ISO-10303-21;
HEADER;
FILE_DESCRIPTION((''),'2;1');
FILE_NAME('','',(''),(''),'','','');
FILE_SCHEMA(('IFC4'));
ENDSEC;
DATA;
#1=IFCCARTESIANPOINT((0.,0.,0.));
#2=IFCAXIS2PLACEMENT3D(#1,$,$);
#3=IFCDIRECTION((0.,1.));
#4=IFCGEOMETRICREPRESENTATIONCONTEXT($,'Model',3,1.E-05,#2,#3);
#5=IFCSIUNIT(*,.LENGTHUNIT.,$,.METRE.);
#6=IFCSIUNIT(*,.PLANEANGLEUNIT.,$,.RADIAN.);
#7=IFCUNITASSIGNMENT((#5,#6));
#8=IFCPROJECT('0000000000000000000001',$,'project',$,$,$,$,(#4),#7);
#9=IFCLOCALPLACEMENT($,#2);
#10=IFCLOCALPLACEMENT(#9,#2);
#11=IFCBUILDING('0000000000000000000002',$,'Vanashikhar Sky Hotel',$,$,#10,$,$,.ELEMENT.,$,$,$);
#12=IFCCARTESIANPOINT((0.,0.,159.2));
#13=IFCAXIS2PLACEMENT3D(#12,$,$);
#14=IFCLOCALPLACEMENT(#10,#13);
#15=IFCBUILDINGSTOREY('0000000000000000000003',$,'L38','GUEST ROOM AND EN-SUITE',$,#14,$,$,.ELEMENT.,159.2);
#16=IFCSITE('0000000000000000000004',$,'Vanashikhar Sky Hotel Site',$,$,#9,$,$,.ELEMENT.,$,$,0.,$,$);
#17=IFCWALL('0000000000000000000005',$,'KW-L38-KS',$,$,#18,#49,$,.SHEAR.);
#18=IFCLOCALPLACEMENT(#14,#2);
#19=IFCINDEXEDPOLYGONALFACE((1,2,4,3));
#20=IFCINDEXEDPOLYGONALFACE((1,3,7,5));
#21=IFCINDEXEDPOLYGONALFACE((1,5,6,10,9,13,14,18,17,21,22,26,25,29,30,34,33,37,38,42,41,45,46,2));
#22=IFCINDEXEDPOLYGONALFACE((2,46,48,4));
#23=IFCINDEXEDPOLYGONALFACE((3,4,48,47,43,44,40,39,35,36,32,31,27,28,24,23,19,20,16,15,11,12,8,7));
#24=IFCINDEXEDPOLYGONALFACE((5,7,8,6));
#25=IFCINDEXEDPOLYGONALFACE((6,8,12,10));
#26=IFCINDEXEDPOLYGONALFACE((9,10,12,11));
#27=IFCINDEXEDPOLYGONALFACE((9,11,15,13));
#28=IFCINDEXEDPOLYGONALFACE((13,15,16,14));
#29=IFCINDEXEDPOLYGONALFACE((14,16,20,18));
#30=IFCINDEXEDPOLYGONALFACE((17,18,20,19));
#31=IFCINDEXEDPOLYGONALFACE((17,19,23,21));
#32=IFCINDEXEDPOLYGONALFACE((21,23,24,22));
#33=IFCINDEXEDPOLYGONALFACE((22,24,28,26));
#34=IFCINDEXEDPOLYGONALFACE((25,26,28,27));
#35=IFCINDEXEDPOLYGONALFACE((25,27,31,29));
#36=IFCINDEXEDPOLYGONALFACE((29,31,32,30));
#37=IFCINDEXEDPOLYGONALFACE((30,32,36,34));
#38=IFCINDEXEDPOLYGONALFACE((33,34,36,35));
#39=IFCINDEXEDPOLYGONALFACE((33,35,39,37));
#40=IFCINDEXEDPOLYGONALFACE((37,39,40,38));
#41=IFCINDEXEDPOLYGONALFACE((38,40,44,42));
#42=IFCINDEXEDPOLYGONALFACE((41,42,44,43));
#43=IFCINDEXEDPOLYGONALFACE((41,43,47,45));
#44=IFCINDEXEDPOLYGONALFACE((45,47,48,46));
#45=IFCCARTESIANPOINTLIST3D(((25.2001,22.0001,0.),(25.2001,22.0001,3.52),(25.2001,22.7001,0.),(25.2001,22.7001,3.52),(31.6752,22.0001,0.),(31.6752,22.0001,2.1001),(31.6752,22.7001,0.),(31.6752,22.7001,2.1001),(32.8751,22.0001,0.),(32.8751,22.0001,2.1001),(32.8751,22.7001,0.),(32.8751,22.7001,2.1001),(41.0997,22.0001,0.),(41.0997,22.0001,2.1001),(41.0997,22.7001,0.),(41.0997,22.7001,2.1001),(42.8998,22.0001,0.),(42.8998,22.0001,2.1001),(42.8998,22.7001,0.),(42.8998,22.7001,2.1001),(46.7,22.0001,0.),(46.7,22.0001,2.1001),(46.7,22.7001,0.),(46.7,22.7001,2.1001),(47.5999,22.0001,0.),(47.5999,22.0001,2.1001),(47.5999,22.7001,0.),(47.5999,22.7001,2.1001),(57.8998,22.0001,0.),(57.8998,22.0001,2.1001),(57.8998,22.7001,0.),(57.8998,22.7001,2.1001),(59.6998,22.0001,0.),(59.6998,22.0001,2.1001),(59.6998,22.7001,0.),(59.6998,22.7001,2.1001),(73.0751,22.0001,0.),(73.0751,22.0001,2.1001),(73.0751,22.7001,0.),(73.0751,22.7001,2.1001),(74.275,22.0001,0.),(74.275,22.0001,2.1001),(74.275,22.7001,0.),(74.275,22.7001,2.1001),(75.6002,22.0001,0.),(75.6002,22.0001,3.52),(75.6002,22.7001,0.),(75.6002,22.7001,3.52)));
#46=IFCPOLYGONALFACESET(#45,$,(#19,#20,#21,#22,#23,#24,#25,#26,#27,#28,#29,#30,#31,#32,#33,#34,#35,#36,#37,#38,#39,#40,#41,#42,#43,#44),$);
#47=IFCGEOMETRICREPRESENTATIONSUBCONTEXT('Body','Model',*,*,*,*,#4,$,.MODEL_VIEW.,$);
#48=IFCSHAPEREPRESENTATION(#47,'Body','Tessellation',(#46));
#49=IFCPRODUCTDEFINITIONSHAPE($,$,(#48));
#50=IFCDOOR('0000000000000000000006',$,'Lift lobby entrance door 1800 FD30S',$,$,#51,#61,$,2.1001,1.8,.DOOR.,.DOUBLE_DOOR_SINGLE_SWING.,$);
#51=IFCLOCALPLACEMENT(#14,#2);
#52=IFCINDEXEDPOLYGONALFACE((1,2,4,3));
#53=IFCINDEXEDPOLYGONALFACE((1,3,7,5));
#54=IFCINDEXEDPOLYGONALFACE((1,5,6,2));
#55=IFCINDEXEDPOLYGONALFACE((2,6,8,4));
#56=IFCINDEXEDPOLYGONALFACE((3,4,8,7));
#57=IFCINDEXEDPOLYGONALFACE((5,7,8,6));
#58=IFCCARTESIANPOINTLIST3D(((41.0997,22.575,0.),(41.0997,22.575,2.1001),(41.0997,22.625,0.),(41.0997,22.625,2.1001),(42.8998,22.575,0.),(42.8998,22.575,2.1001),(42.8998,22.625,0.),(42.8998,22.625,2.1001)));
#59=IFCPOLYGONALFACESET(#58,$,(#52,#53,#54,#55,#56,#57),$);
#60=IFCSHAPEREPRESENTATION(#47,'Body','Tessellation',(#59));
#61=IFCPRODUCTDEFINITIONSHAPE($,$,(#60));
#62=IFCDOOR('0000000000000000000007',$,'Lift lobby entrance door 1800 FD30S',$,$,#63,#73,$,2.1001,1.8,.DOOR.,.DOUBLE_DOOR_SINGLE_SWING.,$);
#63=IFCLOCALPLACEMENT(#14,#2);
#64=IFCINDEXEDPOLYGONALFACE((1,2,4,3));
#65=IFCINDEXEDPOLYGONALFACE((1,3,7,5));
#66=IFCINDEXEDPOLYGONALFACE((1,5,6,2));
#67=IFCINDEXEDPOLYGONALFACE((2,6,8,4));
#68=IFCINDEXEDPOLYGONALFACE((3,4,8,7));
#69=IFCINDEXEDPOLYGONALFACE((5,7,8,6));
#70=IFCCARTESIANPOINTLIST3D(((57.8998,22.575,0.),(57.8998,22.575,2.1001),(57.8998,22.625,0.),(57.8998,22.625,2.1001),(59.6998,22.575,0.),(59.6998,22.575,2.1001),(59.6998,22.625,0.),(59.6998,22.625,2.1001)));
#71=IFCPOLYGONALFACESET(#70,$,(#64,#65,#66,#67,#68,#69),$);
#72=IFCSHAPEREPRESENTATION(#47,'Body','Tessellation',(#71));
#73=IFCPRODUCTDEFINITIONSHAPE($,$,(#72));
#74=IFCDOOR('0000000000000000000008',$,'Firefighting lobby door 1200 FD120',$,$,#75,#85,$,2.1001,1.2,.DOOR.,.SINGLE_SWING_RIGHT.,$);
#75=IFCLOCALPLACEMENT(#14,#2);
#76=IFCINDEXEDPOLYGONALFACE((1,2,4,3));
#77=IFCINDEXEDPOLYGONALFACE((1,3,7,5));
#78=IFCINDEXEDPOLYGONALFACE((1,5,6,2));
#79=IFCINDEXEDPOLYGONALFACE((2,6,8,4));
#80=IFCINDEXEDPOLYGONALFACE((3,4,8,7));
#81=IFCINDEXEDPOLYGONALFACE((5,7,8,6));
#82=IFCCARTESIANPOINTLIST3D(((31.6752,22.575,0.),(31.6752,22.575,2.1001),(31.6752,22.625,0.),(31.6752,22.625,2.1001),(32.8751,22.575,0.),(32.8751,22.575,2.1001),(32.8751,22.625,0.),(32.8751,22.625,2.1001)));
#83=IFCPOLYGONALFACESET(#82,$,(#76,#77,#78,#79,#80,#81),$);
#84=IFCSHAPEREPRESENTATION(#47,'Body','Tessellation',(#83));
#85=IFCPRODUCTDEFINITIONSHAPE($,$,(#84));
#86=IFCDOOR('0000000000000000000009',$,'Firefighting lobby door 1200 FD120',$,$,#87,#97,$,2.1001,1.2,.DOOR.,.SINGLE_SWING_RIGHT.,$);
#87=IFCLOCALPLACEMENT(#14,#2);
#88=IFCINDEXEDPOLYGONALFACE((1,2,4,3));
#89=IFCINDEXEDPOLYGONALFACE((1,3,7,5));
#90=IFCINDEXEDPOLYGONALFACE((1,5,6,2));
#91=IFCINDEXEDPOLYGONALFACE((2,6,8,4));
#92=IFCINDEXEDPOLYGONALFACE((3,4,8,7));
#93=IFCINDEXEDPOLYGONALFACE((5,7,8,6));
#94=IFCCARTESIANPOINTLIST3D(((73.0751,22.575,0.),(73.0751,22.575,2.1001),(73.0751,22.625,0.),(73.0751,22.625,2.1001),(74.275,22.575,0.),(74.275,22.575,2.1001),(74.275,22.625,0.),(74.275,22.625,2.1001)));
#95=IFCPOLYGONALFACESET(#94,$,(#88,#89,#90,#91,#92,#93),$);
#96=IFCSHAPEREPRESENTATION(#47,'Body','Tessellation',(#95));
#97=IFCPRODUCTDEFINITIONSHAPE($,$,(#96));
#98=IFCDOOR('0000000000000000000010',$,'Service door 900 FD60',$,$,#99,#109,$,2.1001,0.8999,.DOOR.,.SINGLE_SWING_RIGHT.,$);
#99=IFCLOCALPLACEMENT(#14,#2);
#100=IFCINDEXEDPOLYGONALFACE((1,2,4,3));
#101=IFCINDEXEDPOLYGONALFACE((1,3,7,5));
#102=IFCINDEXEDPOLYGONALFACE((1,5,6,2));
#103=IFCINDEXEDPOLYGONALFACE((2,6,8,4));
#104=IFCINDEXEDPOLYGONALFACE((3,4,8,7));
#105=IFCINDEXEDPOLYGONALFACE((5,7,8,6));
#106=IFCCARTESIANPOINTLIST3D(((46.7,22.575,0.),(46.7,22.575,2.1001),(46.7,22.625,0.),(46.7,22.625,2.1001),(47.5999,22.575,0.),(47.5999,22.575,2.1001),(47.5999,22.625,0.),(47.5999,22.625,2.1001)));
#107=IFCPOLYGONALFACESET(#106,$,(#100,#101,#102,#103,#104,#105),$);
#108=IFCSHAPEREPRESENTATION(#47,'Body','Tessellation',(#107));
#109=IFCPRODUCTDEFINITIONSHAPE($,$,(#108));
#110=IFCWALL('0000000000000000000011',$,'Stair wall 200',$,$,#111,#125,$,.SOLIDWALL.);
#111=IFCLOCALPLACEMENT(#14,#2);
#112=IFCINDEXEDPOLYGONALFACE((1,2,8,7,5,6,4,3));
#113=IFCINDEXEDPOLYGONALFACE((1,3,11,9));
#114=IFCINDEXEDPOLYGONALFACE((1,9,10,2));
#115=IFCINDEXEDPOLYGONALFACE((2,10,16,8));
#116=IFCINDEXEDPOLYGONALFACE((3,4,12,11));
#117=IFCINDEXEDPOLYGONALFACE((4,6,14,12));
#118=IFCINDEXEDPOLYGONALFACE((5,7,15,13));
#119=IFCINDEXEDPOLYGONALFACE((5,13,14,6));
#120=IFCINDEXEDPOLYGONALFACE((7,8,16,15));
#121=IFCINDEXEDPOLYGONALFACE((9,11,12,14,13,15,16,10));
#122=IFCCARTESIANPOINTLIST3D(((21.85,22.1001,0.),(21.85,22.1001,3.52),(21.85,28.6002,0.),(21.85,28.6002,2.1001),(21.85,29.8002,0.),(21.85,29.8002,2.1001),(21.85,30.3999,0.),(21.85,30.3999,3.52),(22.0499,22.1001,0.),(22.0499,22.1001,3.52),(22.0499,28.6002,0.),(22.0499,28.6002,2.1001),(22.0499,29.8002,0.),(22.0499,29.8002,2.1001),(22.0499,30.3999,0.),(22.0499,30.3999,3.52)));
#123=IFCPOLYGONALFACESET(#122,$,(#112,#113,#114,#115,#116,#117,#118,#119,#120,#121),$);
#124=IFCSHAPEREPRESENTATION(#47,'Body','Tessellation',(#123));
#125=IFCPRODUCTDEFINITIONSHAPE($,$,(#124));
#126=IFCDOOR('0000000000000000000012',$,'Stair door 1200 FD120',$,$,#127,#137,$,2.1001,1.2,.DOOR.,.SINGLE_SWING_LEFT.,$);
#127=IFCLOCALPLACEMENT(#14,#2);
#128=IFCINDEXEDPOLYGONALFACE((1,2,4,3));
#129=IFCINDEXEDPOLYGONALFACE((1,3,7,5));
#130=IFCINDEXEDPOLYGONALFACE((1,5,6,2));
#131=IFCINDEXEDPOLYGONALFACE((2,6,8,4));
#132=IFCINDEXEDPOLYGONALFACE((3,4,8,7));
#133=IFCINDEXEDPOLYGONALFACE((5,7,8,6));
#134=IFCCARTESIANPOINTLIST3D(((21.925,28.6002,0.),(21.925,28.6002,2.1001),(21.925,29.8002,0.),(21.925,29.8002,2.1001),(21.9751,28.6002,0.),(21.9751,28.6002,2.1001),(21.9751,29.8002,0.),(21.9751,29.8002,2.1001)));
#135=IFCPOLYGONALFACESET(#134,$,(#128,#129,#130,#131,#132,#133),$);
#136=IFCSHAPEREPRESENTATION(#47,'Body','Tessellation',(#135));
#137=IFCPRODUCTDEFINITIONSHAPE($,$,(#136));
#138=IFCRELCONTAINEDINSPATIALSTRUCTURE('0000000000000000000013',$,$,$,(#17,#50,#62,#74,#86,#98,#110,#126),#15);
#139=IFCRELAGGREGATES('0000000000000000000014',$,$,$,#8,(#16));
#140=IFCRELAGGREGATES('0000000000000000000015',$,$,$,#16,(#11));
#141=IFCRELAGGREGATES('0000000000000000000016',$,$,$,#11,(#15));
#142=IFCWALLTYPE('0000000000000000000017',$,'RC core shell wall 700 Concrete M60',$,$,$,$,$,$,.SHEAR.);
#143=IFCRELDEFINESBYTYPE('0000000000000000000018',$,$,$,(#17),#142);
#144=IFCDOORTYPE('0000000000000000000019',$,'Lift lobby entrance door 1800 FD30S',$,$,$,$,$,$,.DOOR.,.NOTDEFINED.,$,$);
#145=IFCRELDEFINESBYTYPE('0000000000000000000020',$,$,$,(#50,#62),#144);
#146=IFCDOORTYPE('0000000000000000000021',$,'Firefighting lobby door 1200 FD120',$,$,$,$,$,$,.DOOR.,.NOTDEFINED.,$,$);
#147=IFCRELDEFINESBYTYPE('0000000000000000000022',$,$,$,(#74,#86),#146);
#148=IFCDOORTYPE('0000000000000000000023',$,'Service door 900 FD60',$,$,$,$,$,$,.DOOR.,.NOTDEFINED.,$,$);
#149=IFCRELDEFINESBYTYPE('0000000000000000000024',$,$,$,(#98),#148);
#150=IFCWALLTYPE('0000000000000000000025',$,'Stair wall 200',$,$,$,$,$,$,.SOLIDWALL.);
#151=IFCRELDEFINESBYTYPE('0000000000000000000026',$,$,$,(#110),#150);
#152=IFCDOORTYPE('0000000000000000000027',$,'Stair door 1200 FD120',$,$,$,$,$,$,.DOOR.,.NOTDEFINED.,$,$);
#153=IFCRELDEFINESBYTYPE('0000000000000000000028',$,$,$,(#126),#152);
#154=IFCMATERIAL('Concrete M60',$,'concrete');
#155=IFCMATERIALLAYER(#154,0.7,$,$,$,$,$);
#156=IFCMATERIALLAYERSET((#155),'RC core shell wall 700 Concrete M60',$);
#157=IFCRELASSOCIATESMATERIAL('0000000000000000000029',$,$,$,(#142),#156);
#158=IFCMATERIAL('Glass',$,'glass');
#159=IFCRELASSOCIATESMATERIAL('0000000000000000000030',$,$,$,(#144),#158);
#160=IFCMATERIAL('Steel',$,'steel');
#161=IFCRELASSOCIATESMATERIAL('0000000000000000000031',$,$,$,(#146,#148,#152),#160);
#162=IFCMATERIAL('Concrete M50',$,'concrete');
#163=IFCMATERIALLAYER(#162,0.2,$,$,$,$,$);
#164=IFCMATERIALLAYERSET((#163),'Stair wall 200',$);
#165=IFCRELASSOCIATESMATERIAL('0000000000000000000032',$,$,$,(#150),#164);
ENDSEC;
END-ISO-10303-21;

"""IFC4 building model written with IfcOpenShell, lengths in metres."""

from ifc_helpers import new_model, si_unit, direction, frame, frame_2d, origin, place, context, subcontext, project, spatial, rectangle, extrude, source, transform, mapped, material, layer, layer_set, type_object, element, fill, save


model = new_model("IFC4")

# Units and contexts
model_context = context("Model", 3, precision=1e-05, world=origin(), true_north=direction((0.0, 1.0)))
body_context = subcontext(model_context, "Body", "Model", "MODEL_VIEW")
ifc_project = project(units=[si_unit("LENGTHUNIT", "METRE"), si_unit("PLANEANGLEUNIT", "RADIAN")], contexts=[model_context])

# Site, building, storey
site_placement = place(None, origin())
site = spatial("IfcSite", under=ifc_project, at=site_placement, Name="Vanashikhar Sky Hotel Site", CompositionType="ELEMENT", RefElevation=0.0)
building_placement = place(site_placement, origin())
building = spatial("IfcBuilding", under=site, at=building_placement, Name="Vanashikhar Sky Hotel", CompositionType="ELEMENT")
storey_placement = place(building_placement, frame((0.0, 0.0, 159.2)))
storey = spatial("IfcBuildingStorey", under=building, at=storey_placement, Name="L38", Description="GUEST ROOM AND EN-SUITE", CompositionType="ELEMENT", Elevation=159.2)

# Wall, openings, doors
ifc_material_1 = material(Name="Concrete M60", Category="concrete")
ifc_layer_1 = layer(ifc_material_1, 0.7)
ifc_layer_set_1 = layer_set([ifc_layer_1], Name="RC core shell wall 700 Concrete M60")
wall_type_1 = type_object("IfcWallType", Name="RC core shell wall 700 Concrete M60", PredefinedType="SHEAR", material=ifc_layer_set_1)
shared_shape_1 = source(origin(), body_context, "Body", "SweptSolid", [
    extrude(rectangle(XDim=50.4001, YDim=0.7, at=frame_2d((25.2002, 0.0))), origin(), (0.0, 0.0, 1.0), 3.52),
])
wall_1_placement = place(storey_placement, frame((25.2, 22.3501, 0.0), z_axis=(0.0, 0.0, 1.0), x_axis=(1.0, 0.0, 0.0)))
wall_1 = element("IfcWall", 1, at=wall_1_placement, inside=storey, type_object=wall_type_1, Name="KW-L38-KS", PredefinedType="SHEAR", context=body_context, shape_type="MappedRepresentation", body=[
    mapped(shared_shape_1, transform((0.0, 0.0, 0.0), scale=1.0)),
])
shared_shape_2 = source(origin(), body_context, "Body", "SweptSolid", [
    extrude(rectangle(XDim=1.8, YDim=2.1001, at=frame_2d((0.8999, 1.05))), frame((0.0, 0.3599, 0.0), z_axis=(0.0, -1.0, 0.0), x_axis=(1.0, 0.0, 0.0)), (0.0, 0.0, 1.0), 0.72),
])
opening_1_placement = place(wall_1_placement, frame((15.8999, 0.0, 0.0)))
opening_1 = element("IfcOpeningElement", 2, at=opening_1_placement, cuts=wall_1, PredefinedType="OPENING", context=body_context, shape_type="MappedRepresentation", body=[
    mapped(shared_shape_2, transform((0.0, 0.0, 0.0), scale=1.0)),
])
shared_shape_3 = source(origin(), body_context, "Body", "SweptSolid", [
    extrude(rectangle(XDim=0.8999, YDim=2.1001, at=frame_2d((0.45, 1.05))), frame((0.0, 0.3599, 0.0), z_axis=(0.0, -1.0, 0.0), x_axis=(1.0, 0.0, 0.0)), (0.0, 0.0, 1.0), 0.72),
])
opening_2_placement = place(wall_1_placement, frame((21.5, 0.0, 0.0)))
opening_2 = element("IfcOpeningElement", 3, at=opening_2_placement, cuts=wall_1, PredefinedType="OPENING", context=body_context, shape_type="MappedRepresentation", body=[
    mapped(shared_shape_3, transform((0.0, 0.0, 0.0), scale=1.0)),
])
opening_3_placement = place(wall_1_placement, frame((32.7, 0.0, 0.0)))
opening_3 = element("IfcOpeningElement", 4, at=opening_3_placement, cuts=wall_1, PredefinedType="OPENING", context=body_context, shape_type="MappedRepresentation", body=[
    mapped(shared_shape_2, transform((0.0, 0.0, 0.0), scale=1.0)),
])
shared_shape_4 = source(origin(), body_context, "Body", "SweptSolid", [
    extrude(rectangle(XDim=1.2, YDim=2.1001, at=frame_2d((0.6001, 1.05))), frame((0.0, 0.3599, 0.0), z_axis=(0.0, -1.0, 0.0), x_axis=(1.0, 0.0, 0.0)), (0.0, 0.0, 1.0), 0.72),
])
opening_4_placement = place(wall_1_placement, frame((6.4751, 0.0, 0.0)))
opening_4 = element("IfcOpeningElement", 5, at=opening_4_placement, cuts=wall_1, PredefinedType="OPENING", context=body_context, shape_type="MappedRepresentation", body=[
    mapped(shared_shape_4, transform((0.0, 0.0, 0.0), scale=1.0)),
])
opening_5_placement = place(wall_1_placement, frame((47.875, 0.0, 0.0)))
opening_5 = element("IfcOpeningElement", 6, at=opening_5_placement, cuts=wall_1, PredefinedType="OPENING", context=body_context, shape_type="MappedRepresentation", body=[
    mapped(shared_shape_4, transform((0.0, 0.0, 0.0), scale=1.0)),
])
ifc_material_2 = material(Name="Glass", Category="glass")
door_type_1 = type_object("IfcDoorType", Name="Lift lobby entrance door 1800 FD30S", OperationType="NOTDEFINED", PredefinedType="DOOR", material=ifc_material_2)
shared_shape_5 = source(origin(), body_context, "Body", "SweptSolid", [
    extrude(rectangle(XDim=1.8, YDim=2.1001, at=frame_2d((0.8999, 1.05))), frame((0.0, 0.2749, 0.0), z_axis=(0.0, -1.0, 0.0), x_axis=(1.0, 0.0, 0.0)), (0.0, 0.0, 1.0), 0.05),
])
door_1_placement = place(opening_1_placement, origin())
door_1 = element("IfcDoor", 7, at=door_1_placement, inside=storey, type_object=door_type_1, Name="Lift lobby entrance door 1800 FD30S", OperationType="DOUBLE_DOOR_SINGLE_SWING", OverallHeight=2.1001, OverallWidth=1.8, PredefinedType="DOOR", context=body_context, shape_type="MappedRepresentation", body=[
    mapped(shared_shape_5, transform((0.0, 0.0, 0.0), scale=1.0)),
])
fill(opening_1, door_1)
door_2_placement = place(opening_3_placement, origin())
door_2 = element("IfcDoor", 8, at=door_2_placement, inside=storey, type_object=door_type_1, Name="Lift lobby entrance door 1800 FD30S", OperationType="DOUBLE_DOOR_SINGLE_SWING", OverallHeight=2.1001, OverallWidth=1.8, PredefinedType="DOOR", context=body_context, shape_type="MappedRepresentation", body=[
    mapped(shared_shape_5, transform((0.0, 0.0, 0.0), scale=1.0)),
])
fill(opening_3, door_2)
ifc_material_3 = material(Name="Steel", Category="steel")
door_type_2 = type_object("IfcDoorType", Name="Firefighting lobby door 1200 FD120", OperationType="NOTDEFINED", PredefinedType="DOOR", material=ifc_material_3)
shared_shape_6 = source(origin(), body_context, "Body", "SweptSolid", [
    extrude(rectangle(XDim=1.2, YDim=2.1001, at=frame_2d((0.6001, 1.05))), frame((0.0, 0.2749, 0.0), z_axis=(0.0, -1.0, 0.0), x_axis=(1.0, 0.0, 0.0)), (0.0, 0.0, 1.0), 0.05),
])
door_3_placement = place(opening_4_placement, origin())
door_3 = element("IfcDoor", 9, at=door_3_placement, inside=storey, type_object=door_type_2, Name="Firefighting lobby door 1200 FD120", OperationType="SINGLE_SWING_RIGHT", OverallHeight=2.1001, OverallWidth=1.2, PredefinedType="DOOR", context=body_context, shape_type="MappedRepresentation", body=[
    mapped(shared_shape_6, transform((0.0, 0.0, 0.0), scale=1.0)),
])
fill(opening_4, door_3)
door_4_placement = place(opening_5_placement, origin())
door_4 = element("IfcDoor", 10, at=door_4_placement, inside=storey, type_object=door_type_2, Name="Firefighting lobby door 1200 FD120", OperationType="SINGLE_SWING_RIGHT", OverallHeight=2.1001, OverallWidth=1.2, PredefinedType="DOOR", context=body_context, shape_type="MappedRepresentation", body=[
    mapped(shared_shape_6, transform((0.0, 0.0, 0.0), scale=1.0)),
])
fill(opening_5, door_4)
door_type_3 = type_object("IfcDoorType", Name="Service door 900 FD60", OperationType="NOTDEFINED", PredefinedType="DOOR", material=ifc_material_3)
shared_shape_7 = source(origin(), body_context, "Body", "SweptSolid", [
    extrude(rectangle(XDim=0.8999, YDim=2.1001, at=frame_2d((0.45, 1.05))), frame((0.0, 0.2749, 0.0), z_axis=(0.0, -1.0, 0.0), x_axis=(1.0, 0.0, 0.0)), (0.0, 0.0, 1.0), 0.05),
])
door_5_placement = place(opening_2_placement, origin())
door_5 = element("IfcDoor", 11, at=door_5_placement, inside=storey, type_object=door_type_3, Name="Service door 900 FD60", OperationType="SINGLE_SWING_RIGHT", OverallHeight=2.1001, OverallWidth=0.8999, PredefinedType="DOOR", context=body_context, shape_type="MappedRepresentation", body=[
    mapped(shared_shape_7, transform((0.0, 0.0, 0.0), scale=1.0)),
])
fill(opening_2, door_5)

# Wall, opening, door
ifc_material_4 = material(Name="Concrete M50", Category="concrete")
ifc_layer_2 = layer(ifc_material_4, 0.2)
ifc_layer_set_2 = layer_set([ifc_layer_2], Name="Stair wall 200")
wall_type_2 = type_object("IfcWallType", Name="Stair wall 200", PredefinedType="SOLIDWALL", material=ifc_layer_set_2)
shared_shape_8 = source(origin(), body_context, "Body", "SweptSolid", [
    extrude(rectangle(XDim=8.2998, YDim=0.2, at=frame_2d((4.1499, 0.0))), origin(), (0.0, 0.0, 1.0), 3.52),
])
wall_2_placement = place(storey_placement, frame((21.95, 22.1001, 0.0), z_axis=(0.0, 0.0, 1.0), x_axis=(0.0, 1.0, 0.0)))
wall_2 = element("IfcWall", 12, at=wall_2_placement, inside=storey, type_object=wall_type_2, Name="Stair wall 200", PredefinedType="SOLIDWALL", context=body_context, shape_type="MappedRepresentation", body=[
    mapped(shared_shape_8, transform((0.0, 0.0, 0.0), scale=1.0)),
])
shared_shape_9 = source(origin(), body_context, "Body", "SweptSolid", [
    extrude(rectangle(XDim=1.2, YDim=2.1001, at=frame_2d((0.6001, 1.05))), frame((0.0, 0.1099, 0.0), z_axis=(0.0, -1.0, 0.0), x_axis=(1.0, 0.0, 0.0)), (0.0, 0.0, 1.0), 0.22),
])
opening_6_placement = place(wall_2_placement, frame((6.5, 0.0, 0.0)))
opening_6 = element("IfcOpeningElement", 13, at=opening_6_placement, cuts=wall_2, PredefinedType="OPENING", context=body_context, shape_type="MappedRepresentation", body=[
    mapped(shared_shape_9, transform((0.0, 0.0, 0.0), scale=1.0)),
])
door_type_4 = type_object("IfcDoorType", Name="Stair door 1200 FD120", OperationType="NOTDEFINED", PredefinedType="DOOR", material=ifc_material_3)
shared_shape_10 = source(origin(), body_context, "Body", "SweptSolid", [
    extrude(rectangle(XDim=1.2, YDim=2.1001, at=frame_2d((0.6001, 1.05))), frame((0.0, 0.0249, 0.0), z_axis=(0.0, -1.0, 0.0), x_axis=(1.0, 0.0, 0.0)), (0.0, 0.0, 1.0), 0.05),
])
door_6_placement = place(opening_6_placement, origin())
door_6 = element("IfcDoor", 14, at=door_6_placement, inside=storey, type_object=door_type_4, Name="Stair door 1200 FD120", OperationType="SINGLE_SWING_LEFT", OverallHeight=2.1001, OverallWidth=1.2, PredefinedType="DOOR", context=body_context, shape_type="MappedRepresentation", body=[
    mapped(shared_shape_10, transform((0.0, 0.0, 0.0), scale=1.0)),
])
fill(opening_6, door_6)

save(model, "model.ifc")
